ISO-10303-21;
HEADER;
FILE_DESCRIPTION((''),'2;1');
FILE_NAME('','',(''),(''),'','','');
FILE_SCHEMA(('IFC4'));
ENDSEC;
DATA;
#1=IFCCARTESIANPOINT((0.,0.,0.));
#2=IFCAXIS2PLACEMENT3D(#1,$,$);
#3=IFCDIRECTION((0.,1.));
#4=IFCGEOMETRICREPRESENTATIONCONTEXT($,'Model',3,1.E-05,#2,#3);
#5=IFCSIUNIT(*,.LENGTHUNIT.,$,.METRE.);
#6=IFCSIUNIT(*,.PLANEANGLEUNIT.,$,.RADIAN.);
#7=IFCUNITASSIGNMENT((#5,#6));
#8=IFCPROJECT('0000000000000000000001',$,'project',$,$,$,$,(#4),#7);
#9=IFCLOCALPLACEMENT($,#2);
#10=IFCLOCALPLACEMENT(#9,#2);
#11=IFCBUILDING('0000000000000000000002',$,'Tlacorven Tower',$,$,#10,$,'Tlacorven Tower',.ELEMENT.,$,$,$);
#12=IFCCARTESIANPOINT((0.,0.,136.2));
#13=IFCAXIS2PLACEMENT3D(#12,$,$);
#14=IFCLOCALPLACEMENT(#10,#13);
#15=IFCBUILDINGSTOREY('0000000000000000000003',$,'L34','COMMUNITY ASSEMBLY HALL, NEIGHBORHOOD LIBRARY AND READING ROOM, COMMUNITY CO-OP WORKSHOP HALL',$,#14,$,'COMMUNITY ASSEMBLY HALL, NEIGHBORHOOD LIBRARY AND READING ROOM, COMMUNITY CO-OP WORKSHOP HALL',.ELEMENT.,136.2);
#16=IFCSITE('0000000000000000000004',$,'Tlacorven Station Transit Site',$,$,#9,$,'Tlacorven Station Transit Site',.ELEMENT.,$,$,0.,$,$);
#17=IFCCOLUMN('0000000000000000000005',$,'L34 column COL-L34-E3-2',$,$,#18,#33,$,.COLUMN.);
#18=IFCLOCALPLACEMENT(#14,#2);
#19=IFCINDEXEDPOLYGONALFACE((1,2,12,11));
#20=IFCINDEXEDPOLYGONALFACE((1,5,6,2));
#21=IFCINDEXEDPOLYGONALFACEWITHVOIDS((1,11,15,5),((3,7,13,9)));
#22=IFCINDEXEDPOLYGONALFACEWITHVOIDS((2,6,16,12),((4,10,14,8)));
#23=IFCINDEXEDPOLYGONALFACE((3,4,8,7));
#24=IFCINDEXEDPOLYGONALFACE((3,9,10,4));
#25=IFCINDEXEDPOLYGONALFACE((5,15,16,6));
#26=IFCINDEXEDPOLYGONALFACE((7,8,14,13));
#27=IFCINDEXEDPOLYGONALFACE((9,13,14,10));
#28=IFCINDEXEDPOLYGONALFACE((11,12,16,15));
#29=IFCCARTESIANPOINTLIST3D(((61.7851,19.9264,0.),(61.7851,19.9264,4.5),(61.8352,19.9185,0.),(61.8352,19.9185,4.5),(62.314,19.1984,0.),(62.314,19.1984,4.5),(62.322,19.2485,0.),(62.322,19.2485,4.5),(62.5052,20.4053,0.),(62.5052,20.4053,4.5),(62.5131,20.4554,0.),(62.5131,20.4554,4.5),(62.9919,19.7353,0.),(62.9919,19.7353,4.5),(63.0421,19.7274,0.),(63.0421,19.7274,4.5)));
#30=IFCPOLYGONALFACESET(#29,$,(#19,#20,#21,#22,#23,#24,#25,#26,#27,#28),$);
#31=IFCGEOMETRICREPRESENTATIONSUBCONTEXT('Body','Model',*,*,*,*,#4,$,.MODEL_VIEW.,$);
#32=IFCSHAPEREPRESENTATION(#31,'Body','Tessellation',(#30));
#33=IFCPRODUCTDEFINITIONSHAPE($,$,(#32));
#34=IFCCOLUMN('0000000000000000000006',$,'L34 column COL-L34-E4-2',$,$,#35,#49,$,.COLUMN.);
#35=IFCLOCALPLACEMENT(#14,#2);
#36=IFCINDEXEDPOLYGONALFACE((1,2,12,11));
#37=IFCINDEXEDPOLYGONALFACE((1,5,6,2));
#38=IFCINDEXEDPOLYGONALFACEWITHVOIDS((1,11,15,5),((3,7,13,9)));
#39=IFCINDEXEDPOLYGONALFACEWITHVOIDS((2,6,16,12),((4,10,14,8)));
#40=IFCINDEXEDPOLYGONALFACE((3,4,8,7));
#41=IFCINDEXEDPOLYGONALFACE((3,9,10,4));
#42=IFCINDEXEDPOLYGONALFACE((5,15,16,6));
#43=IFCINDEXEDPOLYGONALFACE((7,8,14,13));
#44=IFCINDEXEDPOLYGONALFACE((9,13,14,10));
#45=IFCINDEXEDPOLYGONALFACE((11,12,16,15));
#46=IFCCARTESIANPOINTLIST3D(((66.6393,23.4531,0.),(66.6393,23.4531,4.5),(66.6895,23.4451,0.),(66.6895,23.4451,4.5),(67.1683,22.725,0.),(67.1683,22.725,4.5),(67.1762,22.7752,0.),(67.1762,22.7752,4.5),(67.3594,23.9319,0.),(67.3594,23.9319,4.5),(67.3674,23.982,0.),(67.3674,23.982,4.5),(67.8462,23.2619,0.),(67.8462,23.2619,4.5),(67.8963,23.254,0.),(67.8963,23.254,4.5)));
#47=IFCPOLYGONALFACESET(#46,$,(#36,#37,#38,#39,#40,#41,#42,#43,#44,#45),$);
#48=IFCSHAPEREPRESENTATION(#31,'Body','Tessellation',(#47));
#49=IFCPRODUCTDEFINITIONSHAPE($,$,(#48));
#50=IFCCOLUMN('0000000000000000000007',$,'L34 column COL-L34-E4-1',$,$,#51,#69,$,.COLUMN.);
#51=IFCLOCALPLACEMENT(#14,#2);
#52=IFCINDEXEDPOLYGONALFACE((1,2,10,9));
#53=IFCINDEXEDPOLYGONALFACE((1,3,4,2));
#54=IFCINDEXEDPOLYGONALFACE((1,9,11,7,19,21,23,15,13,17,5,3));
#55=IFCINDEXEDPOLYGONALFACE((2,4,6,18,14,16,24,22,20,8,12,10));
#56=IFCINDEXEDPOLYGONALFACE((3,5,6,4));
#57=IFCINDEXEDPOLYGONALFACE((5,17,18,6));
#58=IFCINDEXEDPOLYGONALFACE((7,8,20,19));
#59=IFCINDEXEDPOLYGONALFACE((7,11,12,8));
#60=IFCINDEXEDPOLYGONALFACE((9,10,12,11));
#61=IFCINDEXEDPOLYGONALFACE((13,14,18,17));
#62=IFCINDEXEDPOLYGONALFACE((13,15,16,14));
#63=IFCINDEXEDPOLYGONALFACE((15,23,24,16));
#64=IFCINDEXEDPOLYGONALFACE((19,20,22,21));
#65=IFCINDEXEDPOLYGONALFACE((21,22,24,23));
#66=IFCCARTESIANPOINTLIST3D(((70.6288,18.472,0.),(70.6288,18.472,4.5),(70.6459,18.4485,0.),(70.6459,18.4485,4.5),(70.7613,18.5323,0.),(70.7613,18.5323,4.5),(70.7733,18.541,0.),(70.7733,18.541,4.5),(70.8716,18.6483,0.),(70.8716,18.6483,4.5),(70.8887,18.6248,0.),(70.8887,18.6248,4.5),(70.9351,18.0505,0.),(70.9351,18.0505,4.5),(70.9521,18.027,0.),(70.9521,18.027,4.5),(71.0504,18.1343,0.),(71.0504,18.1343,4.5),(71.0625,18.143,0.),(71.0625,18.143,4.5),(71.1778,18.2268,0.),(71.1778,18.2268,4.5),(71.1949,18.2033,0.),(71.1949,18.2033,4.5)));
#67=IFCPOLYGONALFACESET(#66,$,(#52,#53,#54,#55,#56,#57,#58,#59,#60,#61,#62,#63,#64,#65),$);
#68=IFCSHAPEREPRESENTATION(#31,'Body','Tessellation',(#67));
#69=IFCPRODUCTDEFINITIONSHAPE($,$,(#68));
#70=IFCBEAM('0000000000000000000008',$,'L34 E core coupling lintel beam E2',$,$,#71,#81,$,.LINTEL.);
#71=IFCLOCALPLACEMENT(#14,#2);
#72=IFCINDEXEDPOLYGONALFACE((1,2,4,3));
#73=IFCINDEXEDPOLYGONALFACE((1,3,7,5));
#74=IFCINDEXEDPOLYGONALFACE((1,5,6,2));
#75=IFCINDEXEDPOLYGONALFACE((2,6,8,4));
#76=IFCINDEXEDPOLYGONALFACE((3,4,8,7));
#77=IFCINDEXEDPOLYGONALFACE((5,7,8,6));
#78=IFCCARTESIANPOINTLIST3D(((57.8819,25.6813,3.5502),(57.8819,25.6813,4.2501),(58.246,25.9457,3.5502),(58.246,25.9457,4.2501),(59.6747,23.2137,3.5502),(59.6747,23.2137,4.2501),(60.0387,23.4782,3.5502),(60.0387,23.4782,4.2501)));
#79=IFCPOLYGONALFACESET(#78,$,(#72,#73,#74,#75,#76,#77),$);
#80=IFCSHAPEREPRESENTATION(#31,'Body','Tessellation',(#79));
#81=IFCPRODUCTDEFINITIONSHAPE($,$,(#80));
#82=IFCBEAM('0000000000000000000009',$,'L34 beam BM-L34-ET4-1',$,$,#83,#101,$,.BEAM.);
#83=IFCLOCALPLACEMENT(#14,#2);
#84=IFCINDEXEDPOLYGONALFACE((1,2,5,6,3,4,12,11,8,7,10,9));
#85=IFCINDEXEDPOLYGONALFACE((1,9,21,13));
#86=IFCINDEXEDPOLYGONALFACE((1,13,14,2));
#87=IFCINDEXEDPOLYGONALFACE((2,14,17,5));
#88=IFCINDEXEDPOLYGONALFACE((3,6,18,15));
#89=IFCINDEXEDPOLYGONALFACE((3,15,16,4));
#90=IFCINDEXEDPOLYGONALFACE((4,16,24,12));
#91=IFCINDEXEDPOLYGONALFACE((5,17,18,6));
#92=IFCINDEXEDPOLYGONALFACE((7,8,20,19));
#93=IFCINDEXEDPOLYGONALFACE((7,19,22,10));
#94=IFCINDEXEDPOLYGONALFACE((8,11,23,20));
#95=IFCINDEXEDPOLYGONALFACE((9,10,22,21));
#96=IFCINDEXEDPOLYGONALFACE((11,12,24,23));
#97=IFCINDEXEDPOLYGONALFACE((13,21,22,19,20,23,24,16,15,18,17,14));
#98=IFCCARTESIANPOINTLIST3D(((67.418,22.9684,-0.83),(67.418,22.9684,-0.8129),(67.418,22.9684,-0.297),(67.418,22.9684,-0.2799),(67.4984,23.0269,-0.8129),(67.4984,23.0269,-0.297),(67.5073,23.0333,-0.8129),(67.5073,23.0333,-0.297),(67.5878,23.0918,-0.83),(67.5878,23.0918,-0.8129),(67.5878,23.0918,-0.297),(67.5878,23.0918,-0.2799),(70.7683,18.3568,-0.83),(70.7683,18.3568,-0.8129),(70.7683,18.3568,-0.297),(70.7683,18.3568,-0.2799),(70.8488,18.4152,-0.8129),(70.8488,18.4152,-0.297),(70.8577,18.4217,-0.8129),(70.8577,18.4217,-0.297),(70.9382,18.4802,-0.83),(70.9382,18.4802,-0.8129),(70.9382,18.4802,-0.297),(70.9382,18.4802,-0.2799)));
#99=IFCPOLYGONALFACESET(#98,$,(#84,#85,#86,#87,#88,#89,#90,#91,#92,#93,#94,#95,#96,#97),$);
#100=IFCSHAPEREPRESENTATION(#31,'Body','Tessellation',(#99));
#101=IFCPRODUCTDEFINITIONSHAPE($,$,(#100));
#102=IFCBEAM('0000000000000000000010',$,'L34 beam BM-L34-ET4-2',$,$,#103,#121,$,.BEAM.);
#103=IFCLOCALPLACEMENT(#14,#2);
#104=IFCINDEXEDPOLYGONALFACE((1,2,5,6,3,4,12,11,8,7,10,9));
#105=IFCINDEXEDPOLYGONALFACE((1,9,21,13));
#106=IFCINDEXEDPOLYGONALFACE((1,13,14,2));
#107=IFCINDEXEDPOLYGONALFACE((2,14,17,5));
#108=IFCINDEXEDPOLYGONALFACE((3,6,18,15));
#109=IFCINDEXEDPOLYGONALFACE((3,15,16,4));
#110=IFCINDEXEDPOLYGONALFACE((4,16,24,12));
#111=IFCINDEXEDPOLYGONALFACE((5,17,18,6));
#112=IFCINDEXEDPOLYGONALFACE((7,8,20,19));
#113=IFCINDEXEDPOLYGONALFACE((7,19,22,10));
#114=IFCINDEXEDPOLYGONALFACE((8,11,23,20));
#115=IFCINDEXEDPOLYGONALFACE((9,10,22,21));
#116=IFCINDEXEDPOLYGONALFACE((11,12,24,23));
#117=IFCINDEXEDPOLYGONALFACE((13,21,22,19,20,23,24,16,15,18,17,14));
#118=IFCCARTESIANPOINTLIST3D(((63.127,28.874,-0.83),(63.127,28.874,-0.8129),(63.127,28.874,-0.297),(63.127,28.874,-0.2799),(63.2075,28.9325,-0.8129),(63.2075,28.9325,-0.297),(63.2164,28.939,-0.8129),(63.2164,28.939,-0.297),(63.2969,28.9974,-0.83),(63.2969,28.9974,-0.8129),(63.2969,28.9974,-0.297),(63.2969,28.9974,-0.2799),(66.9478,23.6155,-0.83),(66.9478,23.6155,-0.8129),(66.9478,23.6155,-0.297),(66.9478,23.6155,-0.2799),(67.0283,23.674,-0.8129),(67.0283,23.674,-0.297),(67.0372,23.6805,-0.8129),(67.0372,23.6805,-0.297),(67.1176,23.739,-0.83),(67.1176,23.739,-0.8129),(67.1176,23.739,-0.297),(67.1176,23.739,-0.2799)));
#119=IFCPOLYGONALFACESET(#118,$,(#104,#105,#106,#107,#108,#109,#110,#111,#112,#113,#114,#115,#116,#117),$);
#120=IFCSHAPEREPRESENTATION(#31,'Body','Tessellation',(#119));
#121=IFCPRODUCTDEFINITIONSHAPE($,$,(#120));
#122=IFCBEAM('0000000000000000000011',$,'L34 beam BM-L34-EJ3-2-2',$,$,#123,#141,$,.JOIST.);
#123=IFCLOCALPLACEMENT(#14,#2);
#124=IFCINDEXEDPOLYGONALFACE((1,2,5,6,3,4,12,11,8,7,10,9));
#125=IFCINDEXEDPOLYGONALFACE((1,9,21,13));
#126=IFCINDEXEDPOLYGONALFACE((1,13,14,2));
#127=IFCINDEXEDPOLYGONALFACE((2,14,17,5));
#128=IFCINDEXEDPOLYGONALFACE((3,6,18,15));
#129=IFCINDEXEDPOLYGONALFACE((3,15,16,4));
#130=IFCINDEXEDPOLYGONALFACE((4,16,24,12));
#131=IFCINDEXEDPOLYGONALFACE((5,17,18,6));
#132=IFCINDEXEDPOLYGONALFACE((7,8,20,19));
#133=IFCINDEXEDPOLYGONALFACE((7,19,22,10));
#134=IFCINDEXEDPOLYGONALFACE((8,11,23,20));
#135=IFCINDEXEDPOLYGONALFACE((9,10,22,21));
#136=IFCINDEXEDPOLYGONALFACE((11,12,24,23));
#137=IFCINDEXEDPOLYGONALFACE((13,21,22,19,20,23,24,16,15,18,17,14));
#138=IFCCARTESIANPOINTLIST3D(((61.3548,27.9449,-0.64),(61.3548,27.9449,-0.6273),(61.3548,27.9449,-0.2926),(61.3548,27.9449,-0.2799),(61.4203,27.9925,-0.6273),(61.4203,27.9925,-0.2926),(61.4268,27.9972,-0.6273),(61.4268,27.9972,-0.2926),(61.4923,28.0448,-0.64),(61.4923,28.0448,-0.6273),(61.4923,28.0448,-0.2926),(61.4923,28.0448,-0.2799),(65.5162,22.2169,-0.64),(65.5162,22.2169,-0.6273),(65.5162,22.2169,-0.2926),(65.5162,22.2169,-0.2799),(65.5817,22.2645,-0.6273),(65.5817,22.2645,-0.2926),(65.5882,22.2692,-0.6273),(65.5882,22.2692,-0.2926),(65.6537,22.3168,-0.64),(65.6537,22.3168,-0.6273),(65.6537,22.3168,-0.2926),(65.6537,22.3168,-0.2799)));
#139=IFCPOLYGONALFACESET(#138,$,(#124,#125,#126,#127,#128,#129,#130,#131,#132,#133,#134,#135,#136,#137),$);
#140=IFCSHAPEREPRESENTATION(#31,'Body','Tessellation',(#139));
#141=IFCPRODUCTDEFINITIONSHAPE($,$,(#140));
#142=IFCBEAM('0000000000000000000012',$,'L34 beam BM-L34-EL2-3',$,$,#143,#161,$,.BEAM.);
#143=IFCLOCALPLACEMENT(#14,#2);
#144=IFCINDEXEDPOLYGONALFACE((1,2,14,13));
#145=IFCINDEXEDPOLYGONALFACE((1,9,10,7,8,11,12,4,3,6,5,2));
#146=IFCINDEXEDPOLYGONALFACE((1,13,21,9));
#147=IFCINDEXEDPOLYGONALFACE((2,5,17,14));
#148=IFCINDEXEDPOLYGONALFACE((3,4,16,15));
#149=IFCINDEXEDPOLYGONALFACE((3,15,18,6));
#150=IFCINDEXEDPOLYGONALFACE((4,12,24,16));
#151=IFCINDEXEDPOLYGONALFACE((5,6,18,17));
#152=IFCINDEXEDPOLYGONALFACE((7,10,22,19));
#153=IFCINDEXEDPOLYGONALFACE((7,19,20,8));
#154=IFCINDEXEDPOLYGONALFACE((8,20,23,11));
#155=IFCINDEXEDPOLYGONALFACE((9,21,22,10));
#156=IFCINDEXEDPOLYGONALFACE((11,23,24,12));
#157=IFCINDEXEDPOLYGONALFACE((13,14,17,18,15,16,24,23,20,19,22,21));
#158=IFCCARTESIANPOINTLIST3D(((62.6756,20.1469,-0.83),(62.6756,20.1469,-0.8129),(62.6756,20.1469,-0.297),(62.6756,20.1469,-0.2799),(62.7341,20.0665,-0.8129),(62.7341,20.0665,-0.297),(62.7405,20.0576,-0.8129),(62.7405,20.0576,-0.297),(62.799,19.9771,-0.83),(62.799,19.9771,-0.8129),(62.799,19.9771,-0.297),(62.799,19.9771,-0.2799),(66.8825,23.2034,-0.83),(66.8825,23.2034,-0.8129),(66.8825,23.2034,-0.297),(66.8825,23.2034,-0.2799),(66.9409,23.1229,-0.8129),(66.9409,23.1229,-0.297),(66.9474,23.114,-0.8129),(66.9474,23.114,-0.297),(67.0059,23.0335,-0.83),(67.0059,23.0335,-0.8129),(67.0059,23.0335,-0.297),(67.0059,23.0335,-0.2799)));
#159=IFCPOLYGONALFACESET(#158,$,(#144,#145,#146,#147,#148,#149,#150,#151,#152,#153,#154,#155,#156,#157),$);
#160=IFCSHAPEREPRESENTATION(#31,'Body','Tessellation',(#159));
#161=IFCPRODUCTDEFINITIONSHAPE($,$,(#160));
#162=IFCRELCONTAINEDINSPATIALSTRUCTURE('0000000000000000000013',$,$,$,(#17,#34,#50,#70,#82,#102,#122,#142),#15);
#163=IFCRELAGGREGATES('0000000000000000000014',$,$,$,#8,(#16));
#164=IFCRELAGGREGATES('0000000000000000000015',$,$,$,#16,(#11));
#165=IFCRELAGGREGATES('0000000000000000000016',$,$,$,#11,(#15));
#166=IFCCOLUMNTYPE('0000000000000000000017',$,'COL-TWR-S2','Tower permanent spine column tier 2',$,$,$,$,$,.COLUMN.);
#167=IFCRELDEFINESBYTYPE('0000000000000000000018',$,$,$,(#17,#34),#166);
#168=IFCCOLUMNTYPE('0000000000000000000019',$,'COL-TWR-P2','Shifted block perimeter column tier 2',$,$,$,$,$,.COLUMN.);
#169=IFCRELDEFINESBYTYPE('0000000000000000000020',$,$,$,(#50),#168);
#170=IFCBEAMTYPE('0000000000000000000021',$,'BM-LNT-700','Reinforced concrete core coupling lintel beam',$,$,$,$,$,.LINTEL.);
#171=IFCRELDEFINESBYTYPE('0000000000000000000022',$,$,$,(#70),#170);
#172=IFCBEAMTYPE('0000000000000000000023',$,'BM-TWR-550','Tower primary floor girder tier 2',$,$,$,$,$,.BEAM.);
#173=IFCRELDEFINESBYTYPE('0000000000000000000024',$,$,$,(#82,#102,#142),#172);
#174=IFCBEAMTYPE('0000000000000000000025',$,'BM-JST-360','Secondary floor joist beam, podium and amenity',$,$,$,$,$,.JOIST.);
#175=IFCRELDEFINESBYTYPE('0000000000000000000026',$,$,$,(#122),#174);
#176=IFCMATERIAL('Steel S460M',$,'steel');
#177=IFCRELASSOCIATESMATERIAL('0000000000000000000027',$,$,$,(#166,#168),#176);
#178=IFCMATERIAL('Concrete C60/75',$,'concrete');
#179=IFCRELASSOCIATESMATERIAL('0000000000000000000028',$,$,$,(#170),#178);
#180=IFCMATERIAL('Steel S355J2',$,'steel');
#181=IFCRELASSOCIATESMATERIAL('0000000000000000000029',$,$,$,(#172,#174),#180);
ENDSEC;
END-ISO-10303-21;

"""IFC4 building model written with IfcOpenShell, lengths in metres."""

from ifc_helpers import new_model, si_unit, direction, frame, origin, origin_2d, place, context, subcontext, project, spatial, rectangle, hollow_rectangle, i_section, extrude, source, transform, mapped, material, material_profile, profile_set, type_object, element, save


model = new_model("IFC4")

# Units and contexts
model_context = context("Model", 3, precision=1e-05, world=origin(), true_north=direction((0.0, 1.0)))
body_context = subcontext(model_context, "Body", "Model", "MODEL_VIEW")
ifc_project = project(units=[si_unit("LENGTHUNIT", "METRE"), si_unit("PLANEANGLEUNIT", "RADIAN")], contexts=[model_context])

# Site, building, storey
site_placement = place(None, origin())
site = spatial("IfcSite", under=ifc_project, at=site_placement, Name="Tlacorven Station Transit Site", LongName="Tlacorven Station Transit Site", CompositionType="ELEMENT", RefElevation=0.0)
building_placement = place(site_placement, origin())
building = spatial("IfcBuilding", under=site, at=building_placement, Name="Tlacorven Tower", LongName="Tlacorven Tower", CompositionType="ELEMENT")
storey_placement = place(building_placement, frame((0.0, 0.0, 136.2)))
storey = spatial("IfcBuildingStorey", under=building, at=storey_placement, Name="L34", Description="COMMUNITY ASSEMBLY HALL, NEIGHBORHOOD LIBRARY AND READING ROOM, COMMUNITY CO-OP WORKSHOP HALL", LongName="COMMUNITY ASSEMBLY HALL, NEIGHBORHOOD LIBRARY AND READING ROOM, COMMUNITY CO-OP WORKSHOP HALL", CompositionType="ELEMENT", Elevation=136.2)

# Columns
ifc_material_1 = material(Name="Steel S460M", Category="steel")
ifc_material_profile_1 = material_profile(ifc_material_1, hollow_rectangle(XDim=0.8999, YDim=0.8999, WallThickness=0.0359, at=origin_2d()), Name="BOX 900X900X36")
ifc_profile_set_1 = profile_set([ifc_material_profile_1], Name="Steel S460M")
column_type_1 = type_object("IfcColumnType", Name="COL-TWR-S2", Description="Tower permanent spine column tier 2", PredefinedType="COLUMN", material=ifc_profile_set_1)
shared_shape_1 = source(origin(), body_context, "Body", "SweptSolid", [
    extrude(hollow_rectangle(XDim=0.8999, YDim=0.8999, WallThickness=0.0359, at=origin_2d()), origin(), (0.0, 0.0, 1.0), 4.5),
])
for number, where, z_axis, x_axis, name in (
    (1, (62.4136, 19.8269, 0.0), (0.0, 0.0, 1.0), (0.809017, 0.587785, 0.0), "L34 column COL-L34-E3-2"),
    (2, (67.2678, 23.3535, 0.0), (0.0, 0.0, 1.0), (0.809017, 0.587785, 0.0), "L34 column COL-L34-E4-2"),
):
    element("IfcColumn", number, at=place(storey_placement, frame(where, z_axis=z_axis, x_axis=x_axis)), inside=storey, type_object=column_type_1, Name=name, PredefinedType="COLUMN", context=body_context, shape_type="MappedRepresentation", body=[
        mapped(shared_shape_1, transform((0.0, 0.0, 0.0), scale=1.0)),
    ])
ifc_material_profile_2 = material_profile(ifc_material_1, i_section(OverallWidth=0.3, OverallDepth=0.55, WebThickness=0.0149, FlangeThickness=0.0291, at=origin_2d()), Name="HEB 550")
ifc_profile_set_2 = profile_set([ifc_material_profile_2], Name="Steel S460M")
column_type_2 = type_object("IfcColumnType", Name="COL-TWR-P2", Description="Shifted block perimeter column tier 2", PredefinedType="COLUMN", material=ifc_profile_set_2)
shared_shape_2 = source(origin(), body_context, "Body", "SweptSolid", [
    extrude(i_section(OverallWidth=0.3, OverallDepth=0.55, WebThickness=0.0149, FlangeThickness=0.0291, at=origin_2d()), origin(), (0.0, 0.0, 1.0), 4.5),
])
column_placement = place(storey_placement, frame((70.9119, 18.3376, 0.0), z_axis=(0.0, 0.0, 1.0), x_axis=(0.809017, 0.587785, 0.0)))
element("IfcColumn", 3, at=column_placement, inside=storey, type_object=column_type_2, Name="L34 column COL-L34-E4-1", PredefinedType="COLUMN", context=body_context, shape_type="MappedRepresentation", body=[
    mapped(shared_shape_2, transform((0.0, 0.0, 0.0), scale=1.0)),
])

# Beams
ifc_material_2 = material(Name="Concrete C60/75", Category="concrete")
ifc_material_profile_3 = material_profile(ifc_material_2, rectangle(XDim=0.45, YDim=0.7, at=origin_2d()), Name="RC 450X700")
ifc_profile_set_3 = profile_set([ifc_material_profile_3], Name="Concrete C60/75")
beam_type_1 = type_object("IfcBeamType", Name="BM-LNT-700", Description="Reinforced concrete core coupling lintel beam", PredefinedType="LINTEL", material=ifc_profile_set_3)
shared_shape_3 = source(origin(), body_context, "Body", "SweptSolid", [
    extrude(rectangle(XDim=0.45, YDim=0.7, at=origin_2d()), origin(), (0.0, 0.0, 1.0), 3.05),
])
beam_1_placement = place(storey_placement, frame((59.8567, 23.3459, 3.9001), z_axis=(-0.587777, 0.809023, 0.0), x_axis=(-0.809023, -0.587777, 0.0)))
element("IfcBeam", 4, at=beam_1_placement, inside=storey, type_object=beam_type_1, Name="L34 E core coupling lintel beam E2", PredefinedType="LINTEL", context=body_context, shape_type="MappedRepresentation", body=[
    mapped(shared_shape_3, transform((0.0, 0.0, 0.0), scale=1.0)),
])
ifc_material_3 = material(Name="Steel S355J2", Category="steel")
ifc_material_profile_4 = material_profile(ifc_material_3, i_section(OverallWidth=0.21, OverallDepth=0.55, WebThickness=0.011, FlangeThickness=0.0171, at=origin_2d()), Name="IPE 550")
ifc_profile_set_4 = profile_set([ifc_material_profile_4], Name="Steel S355J2")
beam_type_2 = type_object("IfcBeamType", Name="BM-TWR-550", Description="Tower primary floor girder tier 2", PredefinedType="BEAM", material=ifc_profile_set_4)
shared_shape_4 = source(origin(), body_context, "Body", "SweptSolid", [
    extrude(i_section(OverallWidth=0.21, OverallDepth=0.55, WebThickness=0.011, FlangeThickness=0.0171, at=origin_2d()), origin(), (0.0, 0.0, 1.0), 5.7002),
])
beam_2_placement = place(storey_placement, frame((70.8533, 18.4185, -0.5549), z_axis=(-0.587767, 0.80903, 0.0), x_axis=(-0.80903, -0.587767, 0.0)))
element("IfcBeam", 5, at=beam_2_placement, inside=storey, type_object=beam_type_2, Name="L34 beam BM-L34-ET4-1", PredefinedType="BEAM", context=body_context, shape_type="MappedRepresentation", body=[
    mapped(shared_shape_4, transform((0.0, 0.0, 0.0), scale=1.0)),
])
shared_shape_5 = source(origin(), body_context, "Body", "SweptSolid", [
    extrude(i_section(OverallWidth=0.21, OverallDepth=0.55, WebThickness=0.011, FlangeThickness=0.0171, at=origin_2d()), origin(), (0.0, 0.0, 1.0), 6.5),
])
beam_3_placement = place(storey_placement, frame((67.0327, 23.6772, -0.5549), z_axis=(-0.58781, 0.808999, 0.0), x_axis=(-0.808999, -0.58781, 0.0)))
element("IfcBeam", 6, at=beam_3_placement, inside=storey, type_object=beam_type_2, Name="L34 beam BM-L34-ET4-2", PredefinedType="BEAM", context=body_context, shape_type="MappedRepresentation", body=[
    mapped(shared_shape_5, transform((0.0, 0.0, 0.0), scale=1.0)),
])
ifc_material_profile_5 = material_profile(ifc_material_3, i_section(OverallWidth=0.1699, OverallDepth=0.3601, WebThickness=0.0081, FlangeThickness=0.0127, at=origin_2d()), Name="IPE 360")
ifc_profile_set_5 = profile_set([ifc_material_profile_5], Name="Steel S355J2")
beam_type_3 = type_object("IfcBeamType", Name="BM-JST-360", Description="Secondary floor joist beam, podium and amenity", PredefinedType="JOIST", material=ifc_profile_set_5)
shared_shape_6 = source(origin(), body_context, "Body", "SweptSolid", [
    extrude(i_section(OverallWidth=0.1699, OverallDepth=0.3601, WebThickness=0.0081, FlangeThickness=0.0127, at=origin_2d()), origin(), (0.0, 0.0, 1.0), 7.0801),
])
beam_4_placement = place(storey_placement, frame((65.585, 22.2668, -0.46), z_axis=(-0.58776, 0.809036, 0.0), x_axis=(-0.809036, -0.58776, 0.0)))
element("IfcBeam", 7, at=beam_4_placement, inside=storey, type_object=beam_type_3, Name="L34 beam BM-L34-EJ3-2-2", PredefinedType="JOIST", context=body_context, shape_type="MappedRepresentation", body=[
    mapped(shared_shape_6, transform((0.0, 0.0, 0.0), scale=1.0)),
])
shared_shape_7 = source(origin(), body_context, "Body", "SweptSolid", [
    extrude(i_section(OverallWidth=0.21, OverallDepth=0.55, WebThickness=0.011, FlangeThickness=0.0171, at=origin_2d()), origin(), (0.0, 0.0, 1.0), 5.2),
])
beam_5_placement = place(storey_placement, frame((62.7373, 20.062, -0.5549), z_axis=(0.809018, 0.587784, 0.0), x_axis=(-0.587784, 0.809018, 0.0)))
element("IfcBeam", 8, at=beam_5_placement, inside=storey, type_object=beam_type_2, Name="L34 beam BM-L34-EL2-3", PredefinedType="BEAM", context=body_context, shape_type="MappedRepresentation", body=[
    mapped(shared_shape_7, transform((0.0, 0.0, 0.0), scale=1.0)),
])

save(model, "model.ifc")
